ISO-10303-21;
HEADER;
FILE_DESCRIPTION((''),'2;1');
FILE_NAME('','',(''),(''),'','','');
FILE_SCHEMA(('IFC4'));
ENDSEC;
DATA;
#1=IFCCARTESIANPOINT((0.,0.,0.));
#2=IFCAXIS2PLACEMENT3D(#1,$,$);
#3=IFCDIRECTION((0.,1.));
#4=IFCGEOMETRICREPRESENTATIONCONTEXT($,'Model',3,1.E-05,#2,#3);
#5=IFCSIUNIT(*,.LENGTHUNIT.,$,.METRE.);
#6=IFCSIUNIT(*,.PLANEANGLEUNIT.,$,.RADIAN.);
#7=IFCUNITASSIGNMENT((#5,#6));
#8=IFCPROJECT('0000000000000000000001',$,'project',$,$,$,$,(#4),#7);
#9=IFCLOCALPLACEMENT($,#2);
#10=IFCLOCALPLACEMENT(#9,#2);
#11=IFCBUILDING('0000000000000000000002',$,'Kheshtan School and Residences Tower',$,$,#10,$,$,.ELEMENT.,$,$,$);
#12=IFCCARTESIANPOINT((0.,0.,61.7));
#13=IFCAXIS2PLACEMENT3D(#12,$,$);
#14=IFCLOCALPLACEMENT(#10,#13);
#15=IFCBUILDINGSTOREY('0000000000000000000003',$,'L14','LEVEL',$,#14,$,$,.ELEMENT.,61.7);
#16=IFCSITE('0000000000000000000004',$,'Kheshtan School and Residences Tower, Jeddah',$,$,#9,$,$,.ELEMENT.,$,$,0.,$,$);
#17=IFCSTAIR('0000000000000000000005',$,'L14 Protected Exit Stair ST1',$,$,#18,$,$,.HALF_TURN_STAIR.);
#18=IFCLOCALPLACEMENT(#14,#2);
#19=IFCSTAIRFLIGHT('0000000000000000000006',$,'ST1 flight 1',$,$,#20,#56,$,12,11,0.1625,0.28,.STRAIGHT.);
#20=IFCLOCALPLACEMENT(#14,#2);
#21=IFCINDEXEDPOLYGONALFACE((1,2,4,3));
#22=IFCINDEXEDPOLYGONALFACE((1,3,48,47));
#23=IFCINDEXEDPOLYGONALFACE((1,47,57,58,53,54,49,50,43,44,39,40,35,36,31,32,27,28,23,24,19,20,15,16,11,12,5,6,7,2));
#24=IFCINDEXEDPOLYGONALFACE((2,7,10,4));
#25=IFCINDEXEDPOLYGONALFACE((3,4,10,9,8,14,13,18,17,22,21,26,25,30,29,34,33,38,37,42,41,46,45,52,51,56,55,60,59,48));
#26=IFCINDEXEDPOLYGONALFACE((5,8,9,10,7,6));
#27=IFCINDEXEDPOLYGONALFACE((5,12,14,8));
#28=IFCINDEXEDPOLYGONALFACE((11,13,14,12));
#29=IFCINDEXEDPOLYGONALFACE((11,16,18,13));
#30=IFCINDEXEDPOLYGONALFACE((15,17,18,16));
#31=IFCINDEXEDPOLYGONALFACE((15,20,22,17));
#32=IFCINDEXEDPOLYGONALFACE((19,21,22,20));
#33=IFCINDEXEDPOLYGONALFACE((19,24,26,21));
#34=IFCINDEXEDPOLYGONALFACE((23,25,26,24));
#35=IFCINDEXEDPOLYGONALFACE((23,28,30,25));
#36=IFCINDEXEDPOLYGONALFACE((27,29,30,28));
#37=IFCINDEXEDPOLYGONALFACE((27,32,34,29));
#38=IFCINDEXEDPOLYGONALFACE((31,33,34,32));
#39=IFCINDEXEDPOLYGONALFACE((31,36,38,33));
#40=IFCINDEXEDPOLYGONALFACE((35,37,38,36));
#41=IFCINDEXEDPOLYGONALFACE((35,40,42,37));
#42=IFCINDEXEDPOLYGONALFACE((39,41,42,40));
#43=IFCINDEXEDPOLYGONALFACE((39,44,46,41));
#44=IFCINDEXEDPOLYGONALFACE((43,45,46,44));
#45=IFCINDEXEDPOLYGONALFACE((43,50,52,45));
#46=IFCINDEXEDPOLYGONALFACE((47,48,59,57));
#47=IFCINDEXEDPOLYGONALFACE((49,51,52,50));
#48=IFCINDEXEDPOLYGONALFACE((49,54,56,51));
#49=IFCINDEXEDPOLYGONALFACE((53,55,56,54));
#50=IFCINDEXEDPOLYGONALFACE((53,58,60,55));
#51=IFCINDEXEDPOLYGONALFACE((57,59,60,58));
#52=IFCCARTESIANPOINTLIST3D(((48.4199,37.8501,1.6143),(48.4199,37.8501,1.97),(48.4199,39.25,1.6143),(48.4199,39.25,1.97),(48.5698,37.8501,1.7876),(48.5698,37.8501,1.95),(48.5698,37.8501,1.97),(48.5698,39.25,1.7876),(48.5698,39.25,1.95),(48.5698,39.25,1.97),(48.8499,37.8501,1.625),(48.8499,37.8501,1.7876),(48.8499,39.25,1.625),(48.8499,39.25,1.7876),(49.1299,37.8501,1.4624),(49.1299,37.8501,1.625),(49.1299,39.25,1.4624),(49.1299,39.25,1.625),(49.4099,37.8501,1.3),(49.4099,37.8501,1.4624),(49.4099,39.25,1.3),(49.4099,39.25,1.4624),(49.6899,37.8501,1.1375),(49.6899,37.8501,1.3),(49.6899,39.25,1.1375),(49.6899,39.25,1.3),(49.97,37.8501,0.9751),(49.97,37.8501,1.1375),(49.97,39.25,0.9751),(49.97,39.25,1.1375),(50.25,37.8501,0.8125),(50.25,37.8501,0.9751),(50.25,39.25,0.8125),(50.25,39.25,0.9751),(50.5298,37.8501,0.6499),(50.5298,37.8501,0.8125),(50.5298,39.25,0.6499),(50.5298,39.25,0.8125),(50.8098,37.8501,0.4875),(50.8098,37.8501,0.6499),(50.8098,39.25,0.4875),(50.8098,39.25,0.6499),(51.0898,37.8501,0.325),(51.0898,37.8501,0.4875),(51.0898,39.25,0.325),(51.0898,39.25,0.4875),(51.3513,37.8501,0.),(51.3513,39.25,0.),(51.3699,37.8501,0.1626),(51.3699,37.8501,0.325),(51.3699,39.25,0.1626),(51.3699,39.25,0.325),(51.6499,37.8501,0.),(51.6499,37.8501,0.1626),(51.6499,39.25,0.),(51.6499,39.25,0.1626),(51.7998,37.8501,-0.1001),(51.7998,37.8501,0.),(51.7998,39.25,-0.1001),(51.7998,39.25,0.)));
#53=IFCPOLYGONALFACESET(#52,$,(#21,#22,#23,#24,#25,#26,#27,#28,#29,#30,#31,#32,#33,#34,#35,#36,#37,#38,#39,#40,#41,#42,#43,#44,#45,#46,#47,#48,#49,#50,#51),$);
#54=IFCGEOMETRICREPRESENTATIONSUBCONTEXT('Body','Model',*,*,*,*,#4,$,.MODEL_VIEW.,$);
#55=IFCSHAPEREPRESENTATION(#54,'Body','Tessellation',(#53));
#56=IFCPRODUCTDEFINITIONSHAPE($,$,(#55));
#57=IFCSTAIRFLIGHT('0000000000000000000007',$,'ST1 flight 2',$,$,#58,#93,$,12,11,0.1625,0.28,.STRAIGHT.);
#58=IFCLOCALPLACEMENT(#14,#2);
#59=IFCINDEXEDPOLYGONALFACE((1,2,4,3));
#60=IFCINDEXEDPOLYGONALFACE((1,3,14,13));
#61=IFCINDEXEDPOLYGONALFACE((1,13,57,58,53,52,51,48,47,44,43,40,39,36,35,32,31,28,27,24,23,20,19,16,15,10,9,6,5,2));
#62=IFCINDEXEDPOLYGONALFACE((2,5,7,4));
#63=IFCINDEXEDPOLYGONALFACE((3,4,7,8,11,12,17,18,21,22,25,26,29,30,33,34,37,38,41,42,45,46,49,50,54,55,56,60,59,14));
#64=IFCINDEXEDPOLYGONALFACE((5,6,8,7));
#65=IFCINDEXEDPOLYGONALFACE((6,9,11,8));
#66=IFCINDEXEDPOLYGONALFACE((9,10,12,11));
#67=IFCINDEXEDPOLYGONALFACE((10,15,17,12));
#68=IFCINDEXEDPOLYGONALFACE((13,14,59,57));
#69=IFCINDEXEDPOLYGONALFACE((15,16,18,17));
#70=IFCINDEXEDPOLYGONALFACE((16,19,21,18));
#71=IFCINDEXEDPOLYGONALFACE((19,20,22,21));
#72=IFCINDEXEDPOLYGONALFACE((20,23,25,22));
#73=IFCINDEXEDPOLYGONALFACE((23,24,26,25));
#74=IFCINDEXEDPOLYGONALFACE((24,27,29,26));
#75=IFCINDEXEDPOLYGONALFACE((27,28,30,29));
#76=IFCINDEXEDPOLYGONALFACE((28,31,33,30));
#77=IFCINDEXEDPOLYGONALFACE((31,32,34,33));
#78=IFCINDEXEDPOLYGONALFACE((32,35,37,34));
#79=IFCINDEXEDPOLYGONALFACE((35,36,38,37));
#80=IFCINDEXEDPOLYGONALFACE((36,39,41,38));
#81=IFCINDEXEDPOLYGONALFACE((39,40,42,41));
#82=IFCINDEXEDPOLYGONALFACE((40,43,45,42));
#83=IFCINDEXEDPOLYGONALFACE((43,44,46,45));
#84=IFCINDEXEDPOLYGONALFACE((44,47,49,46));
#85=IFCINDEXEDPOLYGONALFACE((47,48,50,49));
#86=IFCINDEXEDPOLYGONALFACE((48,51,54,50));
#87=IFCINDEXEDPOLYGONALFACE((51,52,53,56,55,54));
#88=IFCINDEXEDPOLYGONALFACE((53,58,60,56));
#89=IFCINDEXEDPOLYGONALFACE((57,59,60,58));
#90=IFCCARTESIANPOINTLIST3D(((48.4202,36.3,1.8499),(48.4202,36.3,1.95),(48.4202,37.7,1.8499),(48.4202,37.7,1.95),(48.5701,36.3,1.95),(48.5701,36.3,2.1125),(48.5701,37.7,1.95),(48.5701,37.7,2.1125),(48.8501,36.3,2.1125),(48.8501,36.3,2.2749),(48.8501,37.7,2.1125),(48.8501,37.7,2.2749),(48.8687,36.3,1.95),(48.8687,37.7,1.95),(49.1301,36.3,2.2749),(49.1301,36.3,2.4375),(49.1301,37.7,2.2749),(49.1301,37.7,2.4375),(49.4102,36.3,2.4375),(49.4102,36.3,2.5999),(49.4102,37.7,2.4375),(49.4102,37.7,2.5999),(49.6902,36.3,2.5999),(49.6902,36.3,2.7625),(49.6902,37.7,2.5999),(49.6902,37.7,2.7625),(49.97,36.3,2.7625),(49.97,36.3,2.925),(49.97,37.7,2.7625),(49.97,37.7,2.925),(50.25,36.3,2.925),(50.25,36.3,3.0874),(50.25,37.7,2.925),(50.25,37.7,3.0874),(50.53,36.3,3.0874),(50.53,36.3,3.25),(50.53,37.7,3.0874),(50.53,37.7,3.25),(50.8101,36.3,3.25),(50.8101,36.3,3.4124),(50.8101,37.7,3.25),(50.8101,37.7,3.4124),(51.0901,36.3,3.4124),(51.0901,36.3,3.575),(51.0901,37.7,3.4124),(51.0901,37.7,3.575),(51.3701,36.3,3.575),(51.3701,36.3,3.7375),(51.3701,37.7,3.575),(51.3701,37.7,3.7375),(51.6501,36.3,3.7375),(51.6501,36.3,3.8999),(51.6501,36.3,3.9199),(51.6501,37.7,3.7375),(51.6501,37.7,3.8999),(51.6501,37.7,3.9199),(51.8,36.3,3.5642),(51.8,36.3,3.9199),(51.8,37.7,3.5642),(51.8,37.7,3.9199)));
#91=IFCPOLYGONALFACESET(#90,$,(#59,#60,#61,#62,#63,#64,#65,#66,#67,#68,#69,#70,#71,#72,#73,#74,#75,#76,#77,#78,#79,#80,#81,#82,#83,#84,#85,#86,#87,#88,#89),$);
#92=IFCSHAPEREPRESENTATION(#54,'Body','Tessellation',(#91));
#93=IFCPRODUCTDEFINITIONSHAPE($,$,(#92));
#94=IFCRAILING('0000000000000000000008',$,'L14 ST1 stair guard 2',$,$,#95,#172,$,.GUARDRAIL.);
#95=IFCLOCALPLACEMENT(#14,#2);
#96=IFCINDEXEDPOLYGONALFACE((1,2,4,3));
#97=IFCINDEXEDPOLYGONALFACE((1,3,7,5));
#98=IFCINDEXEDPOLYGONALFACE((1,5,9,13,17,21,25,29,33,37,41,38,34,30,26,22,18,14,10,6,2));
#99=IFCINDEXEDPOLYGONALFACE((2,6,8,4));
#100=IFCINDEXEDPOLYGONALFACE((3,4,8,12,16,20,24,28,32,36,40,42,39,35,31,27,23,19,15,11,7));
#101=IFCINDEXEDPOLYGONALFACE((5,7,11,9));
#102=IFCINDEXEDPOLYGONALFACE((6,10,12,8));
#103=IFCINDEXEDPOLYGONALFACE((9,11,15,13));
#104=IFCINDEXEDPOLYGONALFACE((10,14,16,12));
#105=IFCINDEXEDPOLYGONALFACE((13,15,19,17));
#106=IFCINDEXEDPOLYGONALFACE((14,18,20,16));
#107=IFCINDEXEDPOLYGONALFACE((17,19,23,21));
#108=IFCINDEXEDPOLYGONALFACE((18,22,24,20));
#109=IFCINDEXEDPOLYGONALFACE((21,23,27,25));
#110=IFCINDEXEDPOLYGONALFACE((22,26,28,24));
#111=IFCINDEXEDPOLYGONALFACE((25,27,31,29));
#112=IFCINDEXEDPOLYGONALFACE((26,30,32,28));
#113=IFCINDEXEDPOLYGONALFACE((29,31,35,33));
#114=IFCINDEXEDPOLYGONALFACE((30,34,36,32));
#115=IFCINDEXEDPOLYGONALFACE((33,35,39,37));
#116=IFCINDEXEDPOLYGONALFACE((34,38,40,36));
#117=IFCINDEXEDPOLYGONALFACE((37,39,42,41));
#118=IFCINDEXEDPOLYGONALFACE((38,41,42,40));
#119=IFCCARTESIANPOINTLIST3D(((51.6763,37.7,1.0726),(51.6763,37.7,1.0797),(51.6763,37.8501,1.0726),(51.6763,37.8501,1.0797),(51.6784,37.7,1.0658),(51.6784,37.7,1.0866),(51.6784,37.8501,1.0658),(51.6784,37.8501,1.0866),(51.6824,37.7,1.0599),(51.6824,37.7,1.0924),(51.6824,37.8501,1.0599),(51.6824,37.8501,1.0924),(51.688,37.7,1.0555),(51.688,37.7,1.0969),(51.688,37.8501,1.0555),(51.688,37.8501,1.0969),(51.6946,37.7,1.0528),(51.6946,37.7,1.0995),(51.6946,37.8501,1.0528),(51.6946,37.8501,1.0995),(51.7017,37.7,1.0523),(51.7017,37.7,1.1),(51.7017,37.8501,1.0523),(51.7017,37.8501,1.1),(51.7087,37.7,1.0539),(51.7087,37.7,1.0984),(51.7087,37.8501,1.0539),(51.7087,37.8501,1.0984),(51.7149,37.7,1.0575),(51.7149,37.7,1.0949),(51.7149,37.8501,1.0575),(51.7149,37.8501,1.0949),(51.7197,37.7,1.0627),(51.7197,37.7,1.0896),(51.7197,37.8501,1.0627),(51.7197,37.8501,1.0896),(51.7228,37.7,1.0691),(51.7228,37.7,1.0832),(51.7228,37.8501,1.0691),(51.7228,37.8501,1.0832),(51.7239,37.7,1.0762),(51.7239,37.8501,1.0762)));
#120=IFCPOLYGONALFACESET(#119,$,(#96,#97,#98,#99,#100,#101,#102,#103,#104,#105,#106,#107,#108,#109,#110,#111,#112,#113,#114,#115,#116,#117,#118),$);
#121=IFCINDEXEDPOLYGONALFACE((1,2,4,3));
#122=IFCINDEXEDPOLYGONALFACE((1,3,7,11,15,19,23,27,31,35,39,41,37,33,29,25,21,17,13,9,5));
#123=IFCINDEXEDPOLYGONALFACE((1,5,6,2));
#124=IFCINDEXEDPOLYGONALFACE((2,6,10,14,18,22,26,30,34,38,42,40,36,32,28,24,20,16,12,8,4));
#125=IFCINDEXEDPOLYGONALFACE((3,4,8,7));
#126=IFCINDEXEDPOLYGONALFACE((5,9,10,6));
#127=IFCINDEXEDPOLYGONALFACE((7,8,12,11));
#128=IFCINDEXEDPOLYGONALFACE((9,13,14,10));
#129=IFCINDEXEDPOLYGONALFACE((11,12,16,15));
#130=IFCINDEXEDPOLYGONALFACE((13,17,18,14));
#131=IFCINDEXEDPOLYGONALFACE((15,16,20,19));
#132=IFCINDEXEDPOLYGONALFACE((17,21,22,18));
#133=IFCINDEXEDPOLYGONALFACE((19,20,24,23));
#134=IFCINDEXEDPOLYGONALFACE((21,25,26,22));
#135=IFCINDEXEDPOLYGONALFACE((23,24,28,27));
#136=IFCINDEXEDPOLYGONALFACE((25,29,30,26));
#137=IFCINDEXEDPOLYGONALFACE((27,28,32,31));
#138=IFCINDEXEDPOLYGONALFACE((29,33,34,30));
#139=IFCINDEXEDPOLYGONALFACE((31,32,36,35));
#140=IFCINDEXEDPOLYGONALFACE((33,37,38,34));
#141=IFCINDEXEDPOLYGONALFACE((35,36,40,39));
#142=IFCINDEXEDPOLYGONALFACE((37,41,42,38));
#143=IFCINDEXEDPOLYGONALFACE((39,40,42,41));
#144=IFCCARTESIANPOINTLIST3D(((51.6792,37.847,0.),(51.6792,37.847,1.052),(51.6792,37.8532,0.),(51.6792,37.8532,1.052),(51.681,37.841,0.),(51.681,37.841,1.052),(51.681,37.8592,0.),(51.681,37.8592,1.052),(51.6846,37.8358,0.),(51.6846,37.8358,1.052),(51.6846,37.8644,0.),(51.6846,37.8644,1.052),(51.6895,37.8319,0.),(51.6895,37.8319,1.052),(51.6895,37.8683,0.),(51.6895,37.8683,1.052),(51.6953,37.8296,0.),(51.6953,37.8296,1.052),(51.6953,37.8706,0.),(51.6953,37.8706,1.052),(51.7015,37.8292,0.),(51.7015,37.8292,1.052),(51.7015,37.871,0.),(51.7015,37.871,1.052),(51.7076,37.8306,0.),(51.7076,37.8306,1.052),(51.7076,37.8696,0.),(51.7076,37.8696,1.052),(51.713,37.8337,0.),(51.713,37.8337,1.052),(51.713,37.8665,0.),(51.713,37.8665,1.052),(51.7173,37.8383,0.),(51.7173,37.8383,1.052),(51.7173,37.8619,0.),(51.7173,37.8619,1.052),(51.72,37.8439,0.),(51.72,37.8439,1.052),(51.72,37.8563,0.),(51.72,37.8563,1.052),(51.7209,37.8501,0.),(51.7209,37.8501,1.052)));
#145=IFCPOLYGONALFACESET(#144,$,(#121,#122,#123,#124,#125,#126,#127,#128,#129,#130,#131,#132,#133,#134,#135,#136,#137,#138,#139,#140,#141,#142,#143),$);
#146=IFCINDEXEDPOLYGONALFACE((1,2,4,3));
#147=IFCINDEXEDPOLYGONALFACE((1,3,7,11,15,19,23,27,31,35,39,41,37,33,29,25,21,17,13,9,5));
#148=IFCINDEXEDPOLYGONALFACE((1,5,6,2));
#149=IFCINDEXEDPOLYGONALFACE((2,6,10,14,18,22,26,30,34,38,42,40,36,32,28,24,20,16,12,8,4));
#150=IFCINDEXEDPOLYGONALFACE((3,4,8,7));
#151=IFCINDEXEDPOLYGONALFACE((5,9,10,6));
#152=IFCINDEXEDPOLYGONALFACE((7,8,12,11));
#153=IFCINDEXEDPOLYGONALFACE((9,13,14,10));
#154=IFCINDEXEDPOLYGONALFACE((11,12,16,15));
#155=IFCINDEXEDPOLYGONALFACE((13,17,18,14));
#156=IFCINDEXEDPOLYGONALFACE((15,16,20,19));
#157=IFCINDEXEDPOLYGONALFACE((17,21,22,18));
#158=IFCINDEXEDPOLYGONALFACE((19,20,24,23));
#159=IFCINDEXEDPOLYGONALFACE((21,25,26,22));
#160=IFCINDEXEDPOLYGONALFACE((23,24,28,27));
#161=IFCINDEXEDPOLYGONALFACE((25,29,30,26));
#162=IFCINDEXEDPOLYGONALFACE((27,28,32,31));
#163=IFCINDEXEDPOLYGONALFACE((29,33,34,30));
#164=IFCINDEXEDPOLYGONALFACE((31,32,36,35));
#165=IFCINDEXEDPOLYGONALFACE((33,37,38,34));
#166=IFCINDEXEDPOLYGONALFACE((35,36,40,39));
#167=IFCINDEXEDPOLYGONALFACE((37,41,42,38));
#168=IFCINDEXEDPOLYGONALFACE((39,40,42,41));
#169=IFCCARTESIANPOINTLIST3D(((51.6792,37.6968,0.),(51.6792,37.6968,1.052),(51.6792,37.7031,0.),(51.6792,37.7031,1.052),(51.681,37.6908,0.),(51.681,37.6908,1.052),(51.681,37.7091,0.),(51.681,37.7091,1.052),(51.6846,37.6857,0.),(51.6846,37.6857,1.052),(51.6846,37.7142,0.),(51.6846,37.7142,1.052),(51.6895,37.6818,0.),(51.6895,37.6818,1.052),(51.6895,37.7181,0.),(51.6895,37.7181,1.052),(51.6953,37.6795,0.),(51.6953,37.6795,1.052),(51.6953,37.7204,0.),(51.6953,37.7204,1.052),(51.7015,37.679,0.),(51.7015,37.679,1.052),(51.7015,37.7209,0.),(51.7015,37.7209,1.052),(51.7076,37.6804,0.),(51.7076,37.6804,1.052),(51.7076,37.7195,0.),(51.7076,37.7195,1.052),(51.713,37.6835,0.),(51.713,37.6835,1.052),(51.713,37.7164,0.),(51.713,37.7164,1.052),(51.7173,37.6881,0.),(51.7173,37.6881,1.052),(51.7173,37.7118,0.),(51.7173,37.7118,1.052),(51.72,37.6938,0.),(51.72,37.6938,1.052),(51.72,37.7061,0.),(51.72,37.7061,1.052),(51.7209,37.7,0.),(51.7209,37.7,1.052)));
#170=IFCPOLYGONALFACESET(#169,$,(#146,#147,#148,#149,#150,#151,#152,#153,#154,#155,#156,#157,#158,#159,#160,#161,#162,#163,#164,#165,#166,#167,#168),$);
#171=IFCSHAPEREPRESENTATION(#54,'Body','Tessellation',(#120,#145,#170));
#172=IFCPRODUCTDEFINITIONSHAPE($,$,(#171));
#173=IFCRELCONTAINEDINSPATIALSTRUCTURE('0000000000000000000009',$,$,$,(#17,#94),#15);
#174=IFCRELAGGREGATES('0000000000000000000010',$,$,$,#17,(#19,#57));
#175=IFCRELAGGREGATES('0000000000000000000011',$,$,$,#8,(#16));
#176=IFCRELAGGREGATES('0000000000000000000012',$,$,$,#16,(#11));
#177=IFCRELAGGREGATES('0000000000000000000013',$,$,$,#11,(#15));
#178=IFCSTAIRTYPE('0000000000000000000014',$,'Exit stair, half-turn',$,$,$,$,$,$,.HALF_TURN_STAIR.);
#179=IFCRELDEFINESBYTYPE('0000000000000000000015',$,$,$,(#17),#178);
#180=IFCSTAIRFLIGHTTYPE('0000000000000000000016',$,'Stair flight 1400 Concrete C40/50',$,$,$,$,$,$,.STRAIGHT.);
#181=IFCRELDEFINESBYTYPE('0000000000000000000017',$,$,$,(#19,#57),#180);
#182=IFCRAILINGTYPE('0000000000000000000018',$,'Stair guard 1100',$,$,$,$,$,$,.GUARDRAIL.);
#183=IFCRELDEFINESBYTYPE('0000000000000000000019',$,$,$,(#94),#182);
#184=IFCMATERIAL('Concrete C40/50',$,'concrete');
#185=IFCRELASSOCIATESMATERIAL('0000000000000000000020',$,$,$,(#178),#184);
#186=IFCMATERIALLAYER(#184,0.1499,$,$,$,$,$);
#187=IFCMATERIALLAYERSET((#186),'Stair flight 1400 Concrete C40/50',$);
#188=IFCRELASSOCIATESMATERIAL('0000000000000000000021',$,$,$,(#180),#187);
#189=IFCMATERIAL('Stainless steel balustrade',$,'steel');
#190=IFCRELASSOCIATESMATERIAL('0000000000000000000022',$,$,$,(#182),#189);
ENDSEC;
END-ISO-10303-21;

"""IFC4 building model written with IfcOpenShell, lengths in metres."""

from ifc_helpers import new_model, si_unit, direction, frame, origin, origin_2d, place, context, subcontext, project, spatial, polyline, circle, outline, extrude, material, layer, layer_set, type_object, element, aggregate, save


model = new_model("IFC4")

# Units and contexts
model_context = context("Model", 3, precision=1e-05, world=origin(), true_north=direction((0.0, 1.0)))
body_context = subcontext(model_context, "Body", "Model", "MODEL_VIEW")
ifc_project = project(units=[si_unit("LENGTHUNIT", "METRE"), si_unit("PLANEANGLEUNIT", "RADIAN")], contexts=[model_context])

# Site, building, storey
site_placement = place(None, origin())
site = spatial("IfcSite", under=ifc_project, at=site_placement, Name="Kheshtan School and Residences Tower, Jeddah", CompositionType="ELEMENT", RefElevation=0.0)
building_placement = place(site_placement, origin())
building = spatial("IfcBuilding", under=site, at=building_placement, Name="Kheshtan School and Residences Tower", CompositionType="ELEMENT")
storey_placement = place(building_placement, frame((0.0, 0.0, 61.7)))
storey = spatial("IfcBuildingStorey", under=building, at=storey_placement, Name="L14", Description="LEVEL", CompositionType="ELEMENT", Elevation=61.7)

# Shared definitions
ifc_material_1 = material(Name="Concrete C40/50", Category="concrete")

# Stair, stair flights
stair_type = type_object("IfcStairType", Name="Exit stair, half-turn", PredefinedType="HALF_TURN_STAIR", material=ifc_material_1)
stair_placement = place(storey_placement, origin())
stair = element("IfcStair", 1, at=stair_placement, inside=storey, type_object=stair_type, Name="L14 Protected Exit Stair ST1", PredefinedType="HALF_TURN_STAIR")
ifc_layer_1 = layer(ifc_material_1, 0.1499)
ifc_layer_set_1 = layer_set([ifc_layer_1], Name="Stair flight 1400 Concrete C40/50")
stair_flight_type = type_object("IfcStairFlightType", Name="Stair flight 1400 Concrete C40/50", PredefinedType="STRAIGHT", material=ifc_layer_set_1)
stair_flight_1_placement = place(storey_placement, frame((51.6499, 38.55, 0.0), z_axis=(0.0, 0.0, 1.0), x_axis=(-1.0, 0.0, 0.0)))
stair_flight_1 = element("IfcStairFlight", 2, at=stair_flight_1_placement, type_object=stair_flight_type, Name="ST1 flight 1", NumberOfRisers=12, NumberOfTreads=11, PredefinedType="STRAIGHT", RiserHeight=0.1625, TreadLength=0.28, context=body_context, shape_type="SweptSolid", body=[
    extrude(outline(polyline([(-0.1499, -0.1001), (-0.1499, 0.0), (0.0, 0.0), (0.0, 0.1626), (0.28, 0.1626), (0.28, 0.325), (0.5601, 0.325), (0.5601, 0.4875), (0.8401, 0.4875), (0.8401, 0.6499), (1.1201, 0.6499), (1.1201, 0.8125), (1.3999, 0.8125), (1.3999, 0.9751), (1.6799, 0.9751), (1.6799, 1.1375), (1.96, 1.1375), (1.96, 1.3), (2.24, 1.3), (2.24, 1.4624), (2.52, 1.4624), (2.52, 1.625), (2.8, 1.625), (2.8, 1.7876), (3.0801, 1.7876), (3.0801, 1.95), (3.0801, 1.97), (3.23, 1.97), (3.23, 1.6143), (0.2986, 0.0), (-0.1499, -0.1001)])), frame((0.0, 0.7, 0.0), z_axis=(0.0, -1.0, 0.0), x_axis=(1.0, 0.0, 0.0)), (0.0, 0.0, 1.0), 1.3999),
])
stair_flight_2_placement = place(storey_placement, frame((48.5701, 37.0, 1.95), z_axis=(0.0, 0.0, 1.0), x_axis=(1.0, 0.0, 0.0)))
stair_flight_2 = element("IfcStairFlight", 3, at=stair_flight_2_placement, type_object=stair_flight_type, Name="ST1 flight 2", NumberOfRisers=12, NumberOfTreads=11, PredefinedType="STRAIGHT", RiserHeight=0.1625, TreadLength=0.28, context=body_context, shape_type="SweptSolid", body=[
    extrude(outline(polyline([(-0.1499, -0.1001), (-0.1499, 0.0), (0.0, 0.0), (0.0, 0.1626), (0.28, 0.1626), (0.28, 0.325), (0.5601, 0.325), (0.5601, 0.4875), (0.8401, 0.4875), (0.8401, 0.6499), (1.1201, 0.6499), (1.1201, 0.8125), (1.3999, 0.8125), (1.3999, 0.9751), (1.6799, 0.9751), (1.6799, 1.1375), (1.96, 1.1375), (1.96, 1.3), (2.24, 1.3), (2.24, 1.4624), (2.52, 1.4624), (2.52, 1.625), (2.8, 1.625), (2.8, 1.7876), (3.0801, 1.7876), (3.0801, 1.95), (3.0801, 1.97), (3.23, 1.97), (3.23, 1.6143), (0.2986, 0.0), (-0.1499, -0.1001)])), frame((0.0, 0.7, 0.0), z_axis=(0.0, -1.0, 0.0), x_axis=(1.0, 0.0, 0.0)), (0.0, 0.0, 1.0), 1.3999),
])
aggregate(stair, [stair_flight_1, stair_flight_2])

# Railing
ifc_material_2 = material(Name="Stainless steel balustrade", Category="steel")
railing_type_1 = type_object("IfcRailingType", Name="Stair guard 1100", PredefinedType="GUARDRAIL", material=ifc_material_2)
railing_1_placement = place(storey_placement, frame((51.7, 37.8501, 0.0)))
element("IfcRailing", 4, at=railing_1_placement, inside=storey, type_object=railing_type_1, Name="L14 ST1 stair guard 2", PredefinedType="GUARDRAIL", context=body_context, shape_type="SweptSolid", body=[
    extrude(circle(Radius=0.0239, at=origin_2d()), frame((0.0, 0.0, 1.0762), z_axis=(0.0, -1.0, 0.0), x_axis=(1.0, 0.0, 0.0)), (0.0, 0.0, 1.0), 0.1501),
    extrude(circle(Radius=0.021, at=origin_2d()), origin(), (0.0, 0.0, 1.0), 1.052),
    extrude(circle(Radius=0.021, at=origin_2d()), frame((0.0, -0.1501, 0.0)), (0.0, 0.0, 1.0), 1.052),
])

save(model, "model.ifc")
